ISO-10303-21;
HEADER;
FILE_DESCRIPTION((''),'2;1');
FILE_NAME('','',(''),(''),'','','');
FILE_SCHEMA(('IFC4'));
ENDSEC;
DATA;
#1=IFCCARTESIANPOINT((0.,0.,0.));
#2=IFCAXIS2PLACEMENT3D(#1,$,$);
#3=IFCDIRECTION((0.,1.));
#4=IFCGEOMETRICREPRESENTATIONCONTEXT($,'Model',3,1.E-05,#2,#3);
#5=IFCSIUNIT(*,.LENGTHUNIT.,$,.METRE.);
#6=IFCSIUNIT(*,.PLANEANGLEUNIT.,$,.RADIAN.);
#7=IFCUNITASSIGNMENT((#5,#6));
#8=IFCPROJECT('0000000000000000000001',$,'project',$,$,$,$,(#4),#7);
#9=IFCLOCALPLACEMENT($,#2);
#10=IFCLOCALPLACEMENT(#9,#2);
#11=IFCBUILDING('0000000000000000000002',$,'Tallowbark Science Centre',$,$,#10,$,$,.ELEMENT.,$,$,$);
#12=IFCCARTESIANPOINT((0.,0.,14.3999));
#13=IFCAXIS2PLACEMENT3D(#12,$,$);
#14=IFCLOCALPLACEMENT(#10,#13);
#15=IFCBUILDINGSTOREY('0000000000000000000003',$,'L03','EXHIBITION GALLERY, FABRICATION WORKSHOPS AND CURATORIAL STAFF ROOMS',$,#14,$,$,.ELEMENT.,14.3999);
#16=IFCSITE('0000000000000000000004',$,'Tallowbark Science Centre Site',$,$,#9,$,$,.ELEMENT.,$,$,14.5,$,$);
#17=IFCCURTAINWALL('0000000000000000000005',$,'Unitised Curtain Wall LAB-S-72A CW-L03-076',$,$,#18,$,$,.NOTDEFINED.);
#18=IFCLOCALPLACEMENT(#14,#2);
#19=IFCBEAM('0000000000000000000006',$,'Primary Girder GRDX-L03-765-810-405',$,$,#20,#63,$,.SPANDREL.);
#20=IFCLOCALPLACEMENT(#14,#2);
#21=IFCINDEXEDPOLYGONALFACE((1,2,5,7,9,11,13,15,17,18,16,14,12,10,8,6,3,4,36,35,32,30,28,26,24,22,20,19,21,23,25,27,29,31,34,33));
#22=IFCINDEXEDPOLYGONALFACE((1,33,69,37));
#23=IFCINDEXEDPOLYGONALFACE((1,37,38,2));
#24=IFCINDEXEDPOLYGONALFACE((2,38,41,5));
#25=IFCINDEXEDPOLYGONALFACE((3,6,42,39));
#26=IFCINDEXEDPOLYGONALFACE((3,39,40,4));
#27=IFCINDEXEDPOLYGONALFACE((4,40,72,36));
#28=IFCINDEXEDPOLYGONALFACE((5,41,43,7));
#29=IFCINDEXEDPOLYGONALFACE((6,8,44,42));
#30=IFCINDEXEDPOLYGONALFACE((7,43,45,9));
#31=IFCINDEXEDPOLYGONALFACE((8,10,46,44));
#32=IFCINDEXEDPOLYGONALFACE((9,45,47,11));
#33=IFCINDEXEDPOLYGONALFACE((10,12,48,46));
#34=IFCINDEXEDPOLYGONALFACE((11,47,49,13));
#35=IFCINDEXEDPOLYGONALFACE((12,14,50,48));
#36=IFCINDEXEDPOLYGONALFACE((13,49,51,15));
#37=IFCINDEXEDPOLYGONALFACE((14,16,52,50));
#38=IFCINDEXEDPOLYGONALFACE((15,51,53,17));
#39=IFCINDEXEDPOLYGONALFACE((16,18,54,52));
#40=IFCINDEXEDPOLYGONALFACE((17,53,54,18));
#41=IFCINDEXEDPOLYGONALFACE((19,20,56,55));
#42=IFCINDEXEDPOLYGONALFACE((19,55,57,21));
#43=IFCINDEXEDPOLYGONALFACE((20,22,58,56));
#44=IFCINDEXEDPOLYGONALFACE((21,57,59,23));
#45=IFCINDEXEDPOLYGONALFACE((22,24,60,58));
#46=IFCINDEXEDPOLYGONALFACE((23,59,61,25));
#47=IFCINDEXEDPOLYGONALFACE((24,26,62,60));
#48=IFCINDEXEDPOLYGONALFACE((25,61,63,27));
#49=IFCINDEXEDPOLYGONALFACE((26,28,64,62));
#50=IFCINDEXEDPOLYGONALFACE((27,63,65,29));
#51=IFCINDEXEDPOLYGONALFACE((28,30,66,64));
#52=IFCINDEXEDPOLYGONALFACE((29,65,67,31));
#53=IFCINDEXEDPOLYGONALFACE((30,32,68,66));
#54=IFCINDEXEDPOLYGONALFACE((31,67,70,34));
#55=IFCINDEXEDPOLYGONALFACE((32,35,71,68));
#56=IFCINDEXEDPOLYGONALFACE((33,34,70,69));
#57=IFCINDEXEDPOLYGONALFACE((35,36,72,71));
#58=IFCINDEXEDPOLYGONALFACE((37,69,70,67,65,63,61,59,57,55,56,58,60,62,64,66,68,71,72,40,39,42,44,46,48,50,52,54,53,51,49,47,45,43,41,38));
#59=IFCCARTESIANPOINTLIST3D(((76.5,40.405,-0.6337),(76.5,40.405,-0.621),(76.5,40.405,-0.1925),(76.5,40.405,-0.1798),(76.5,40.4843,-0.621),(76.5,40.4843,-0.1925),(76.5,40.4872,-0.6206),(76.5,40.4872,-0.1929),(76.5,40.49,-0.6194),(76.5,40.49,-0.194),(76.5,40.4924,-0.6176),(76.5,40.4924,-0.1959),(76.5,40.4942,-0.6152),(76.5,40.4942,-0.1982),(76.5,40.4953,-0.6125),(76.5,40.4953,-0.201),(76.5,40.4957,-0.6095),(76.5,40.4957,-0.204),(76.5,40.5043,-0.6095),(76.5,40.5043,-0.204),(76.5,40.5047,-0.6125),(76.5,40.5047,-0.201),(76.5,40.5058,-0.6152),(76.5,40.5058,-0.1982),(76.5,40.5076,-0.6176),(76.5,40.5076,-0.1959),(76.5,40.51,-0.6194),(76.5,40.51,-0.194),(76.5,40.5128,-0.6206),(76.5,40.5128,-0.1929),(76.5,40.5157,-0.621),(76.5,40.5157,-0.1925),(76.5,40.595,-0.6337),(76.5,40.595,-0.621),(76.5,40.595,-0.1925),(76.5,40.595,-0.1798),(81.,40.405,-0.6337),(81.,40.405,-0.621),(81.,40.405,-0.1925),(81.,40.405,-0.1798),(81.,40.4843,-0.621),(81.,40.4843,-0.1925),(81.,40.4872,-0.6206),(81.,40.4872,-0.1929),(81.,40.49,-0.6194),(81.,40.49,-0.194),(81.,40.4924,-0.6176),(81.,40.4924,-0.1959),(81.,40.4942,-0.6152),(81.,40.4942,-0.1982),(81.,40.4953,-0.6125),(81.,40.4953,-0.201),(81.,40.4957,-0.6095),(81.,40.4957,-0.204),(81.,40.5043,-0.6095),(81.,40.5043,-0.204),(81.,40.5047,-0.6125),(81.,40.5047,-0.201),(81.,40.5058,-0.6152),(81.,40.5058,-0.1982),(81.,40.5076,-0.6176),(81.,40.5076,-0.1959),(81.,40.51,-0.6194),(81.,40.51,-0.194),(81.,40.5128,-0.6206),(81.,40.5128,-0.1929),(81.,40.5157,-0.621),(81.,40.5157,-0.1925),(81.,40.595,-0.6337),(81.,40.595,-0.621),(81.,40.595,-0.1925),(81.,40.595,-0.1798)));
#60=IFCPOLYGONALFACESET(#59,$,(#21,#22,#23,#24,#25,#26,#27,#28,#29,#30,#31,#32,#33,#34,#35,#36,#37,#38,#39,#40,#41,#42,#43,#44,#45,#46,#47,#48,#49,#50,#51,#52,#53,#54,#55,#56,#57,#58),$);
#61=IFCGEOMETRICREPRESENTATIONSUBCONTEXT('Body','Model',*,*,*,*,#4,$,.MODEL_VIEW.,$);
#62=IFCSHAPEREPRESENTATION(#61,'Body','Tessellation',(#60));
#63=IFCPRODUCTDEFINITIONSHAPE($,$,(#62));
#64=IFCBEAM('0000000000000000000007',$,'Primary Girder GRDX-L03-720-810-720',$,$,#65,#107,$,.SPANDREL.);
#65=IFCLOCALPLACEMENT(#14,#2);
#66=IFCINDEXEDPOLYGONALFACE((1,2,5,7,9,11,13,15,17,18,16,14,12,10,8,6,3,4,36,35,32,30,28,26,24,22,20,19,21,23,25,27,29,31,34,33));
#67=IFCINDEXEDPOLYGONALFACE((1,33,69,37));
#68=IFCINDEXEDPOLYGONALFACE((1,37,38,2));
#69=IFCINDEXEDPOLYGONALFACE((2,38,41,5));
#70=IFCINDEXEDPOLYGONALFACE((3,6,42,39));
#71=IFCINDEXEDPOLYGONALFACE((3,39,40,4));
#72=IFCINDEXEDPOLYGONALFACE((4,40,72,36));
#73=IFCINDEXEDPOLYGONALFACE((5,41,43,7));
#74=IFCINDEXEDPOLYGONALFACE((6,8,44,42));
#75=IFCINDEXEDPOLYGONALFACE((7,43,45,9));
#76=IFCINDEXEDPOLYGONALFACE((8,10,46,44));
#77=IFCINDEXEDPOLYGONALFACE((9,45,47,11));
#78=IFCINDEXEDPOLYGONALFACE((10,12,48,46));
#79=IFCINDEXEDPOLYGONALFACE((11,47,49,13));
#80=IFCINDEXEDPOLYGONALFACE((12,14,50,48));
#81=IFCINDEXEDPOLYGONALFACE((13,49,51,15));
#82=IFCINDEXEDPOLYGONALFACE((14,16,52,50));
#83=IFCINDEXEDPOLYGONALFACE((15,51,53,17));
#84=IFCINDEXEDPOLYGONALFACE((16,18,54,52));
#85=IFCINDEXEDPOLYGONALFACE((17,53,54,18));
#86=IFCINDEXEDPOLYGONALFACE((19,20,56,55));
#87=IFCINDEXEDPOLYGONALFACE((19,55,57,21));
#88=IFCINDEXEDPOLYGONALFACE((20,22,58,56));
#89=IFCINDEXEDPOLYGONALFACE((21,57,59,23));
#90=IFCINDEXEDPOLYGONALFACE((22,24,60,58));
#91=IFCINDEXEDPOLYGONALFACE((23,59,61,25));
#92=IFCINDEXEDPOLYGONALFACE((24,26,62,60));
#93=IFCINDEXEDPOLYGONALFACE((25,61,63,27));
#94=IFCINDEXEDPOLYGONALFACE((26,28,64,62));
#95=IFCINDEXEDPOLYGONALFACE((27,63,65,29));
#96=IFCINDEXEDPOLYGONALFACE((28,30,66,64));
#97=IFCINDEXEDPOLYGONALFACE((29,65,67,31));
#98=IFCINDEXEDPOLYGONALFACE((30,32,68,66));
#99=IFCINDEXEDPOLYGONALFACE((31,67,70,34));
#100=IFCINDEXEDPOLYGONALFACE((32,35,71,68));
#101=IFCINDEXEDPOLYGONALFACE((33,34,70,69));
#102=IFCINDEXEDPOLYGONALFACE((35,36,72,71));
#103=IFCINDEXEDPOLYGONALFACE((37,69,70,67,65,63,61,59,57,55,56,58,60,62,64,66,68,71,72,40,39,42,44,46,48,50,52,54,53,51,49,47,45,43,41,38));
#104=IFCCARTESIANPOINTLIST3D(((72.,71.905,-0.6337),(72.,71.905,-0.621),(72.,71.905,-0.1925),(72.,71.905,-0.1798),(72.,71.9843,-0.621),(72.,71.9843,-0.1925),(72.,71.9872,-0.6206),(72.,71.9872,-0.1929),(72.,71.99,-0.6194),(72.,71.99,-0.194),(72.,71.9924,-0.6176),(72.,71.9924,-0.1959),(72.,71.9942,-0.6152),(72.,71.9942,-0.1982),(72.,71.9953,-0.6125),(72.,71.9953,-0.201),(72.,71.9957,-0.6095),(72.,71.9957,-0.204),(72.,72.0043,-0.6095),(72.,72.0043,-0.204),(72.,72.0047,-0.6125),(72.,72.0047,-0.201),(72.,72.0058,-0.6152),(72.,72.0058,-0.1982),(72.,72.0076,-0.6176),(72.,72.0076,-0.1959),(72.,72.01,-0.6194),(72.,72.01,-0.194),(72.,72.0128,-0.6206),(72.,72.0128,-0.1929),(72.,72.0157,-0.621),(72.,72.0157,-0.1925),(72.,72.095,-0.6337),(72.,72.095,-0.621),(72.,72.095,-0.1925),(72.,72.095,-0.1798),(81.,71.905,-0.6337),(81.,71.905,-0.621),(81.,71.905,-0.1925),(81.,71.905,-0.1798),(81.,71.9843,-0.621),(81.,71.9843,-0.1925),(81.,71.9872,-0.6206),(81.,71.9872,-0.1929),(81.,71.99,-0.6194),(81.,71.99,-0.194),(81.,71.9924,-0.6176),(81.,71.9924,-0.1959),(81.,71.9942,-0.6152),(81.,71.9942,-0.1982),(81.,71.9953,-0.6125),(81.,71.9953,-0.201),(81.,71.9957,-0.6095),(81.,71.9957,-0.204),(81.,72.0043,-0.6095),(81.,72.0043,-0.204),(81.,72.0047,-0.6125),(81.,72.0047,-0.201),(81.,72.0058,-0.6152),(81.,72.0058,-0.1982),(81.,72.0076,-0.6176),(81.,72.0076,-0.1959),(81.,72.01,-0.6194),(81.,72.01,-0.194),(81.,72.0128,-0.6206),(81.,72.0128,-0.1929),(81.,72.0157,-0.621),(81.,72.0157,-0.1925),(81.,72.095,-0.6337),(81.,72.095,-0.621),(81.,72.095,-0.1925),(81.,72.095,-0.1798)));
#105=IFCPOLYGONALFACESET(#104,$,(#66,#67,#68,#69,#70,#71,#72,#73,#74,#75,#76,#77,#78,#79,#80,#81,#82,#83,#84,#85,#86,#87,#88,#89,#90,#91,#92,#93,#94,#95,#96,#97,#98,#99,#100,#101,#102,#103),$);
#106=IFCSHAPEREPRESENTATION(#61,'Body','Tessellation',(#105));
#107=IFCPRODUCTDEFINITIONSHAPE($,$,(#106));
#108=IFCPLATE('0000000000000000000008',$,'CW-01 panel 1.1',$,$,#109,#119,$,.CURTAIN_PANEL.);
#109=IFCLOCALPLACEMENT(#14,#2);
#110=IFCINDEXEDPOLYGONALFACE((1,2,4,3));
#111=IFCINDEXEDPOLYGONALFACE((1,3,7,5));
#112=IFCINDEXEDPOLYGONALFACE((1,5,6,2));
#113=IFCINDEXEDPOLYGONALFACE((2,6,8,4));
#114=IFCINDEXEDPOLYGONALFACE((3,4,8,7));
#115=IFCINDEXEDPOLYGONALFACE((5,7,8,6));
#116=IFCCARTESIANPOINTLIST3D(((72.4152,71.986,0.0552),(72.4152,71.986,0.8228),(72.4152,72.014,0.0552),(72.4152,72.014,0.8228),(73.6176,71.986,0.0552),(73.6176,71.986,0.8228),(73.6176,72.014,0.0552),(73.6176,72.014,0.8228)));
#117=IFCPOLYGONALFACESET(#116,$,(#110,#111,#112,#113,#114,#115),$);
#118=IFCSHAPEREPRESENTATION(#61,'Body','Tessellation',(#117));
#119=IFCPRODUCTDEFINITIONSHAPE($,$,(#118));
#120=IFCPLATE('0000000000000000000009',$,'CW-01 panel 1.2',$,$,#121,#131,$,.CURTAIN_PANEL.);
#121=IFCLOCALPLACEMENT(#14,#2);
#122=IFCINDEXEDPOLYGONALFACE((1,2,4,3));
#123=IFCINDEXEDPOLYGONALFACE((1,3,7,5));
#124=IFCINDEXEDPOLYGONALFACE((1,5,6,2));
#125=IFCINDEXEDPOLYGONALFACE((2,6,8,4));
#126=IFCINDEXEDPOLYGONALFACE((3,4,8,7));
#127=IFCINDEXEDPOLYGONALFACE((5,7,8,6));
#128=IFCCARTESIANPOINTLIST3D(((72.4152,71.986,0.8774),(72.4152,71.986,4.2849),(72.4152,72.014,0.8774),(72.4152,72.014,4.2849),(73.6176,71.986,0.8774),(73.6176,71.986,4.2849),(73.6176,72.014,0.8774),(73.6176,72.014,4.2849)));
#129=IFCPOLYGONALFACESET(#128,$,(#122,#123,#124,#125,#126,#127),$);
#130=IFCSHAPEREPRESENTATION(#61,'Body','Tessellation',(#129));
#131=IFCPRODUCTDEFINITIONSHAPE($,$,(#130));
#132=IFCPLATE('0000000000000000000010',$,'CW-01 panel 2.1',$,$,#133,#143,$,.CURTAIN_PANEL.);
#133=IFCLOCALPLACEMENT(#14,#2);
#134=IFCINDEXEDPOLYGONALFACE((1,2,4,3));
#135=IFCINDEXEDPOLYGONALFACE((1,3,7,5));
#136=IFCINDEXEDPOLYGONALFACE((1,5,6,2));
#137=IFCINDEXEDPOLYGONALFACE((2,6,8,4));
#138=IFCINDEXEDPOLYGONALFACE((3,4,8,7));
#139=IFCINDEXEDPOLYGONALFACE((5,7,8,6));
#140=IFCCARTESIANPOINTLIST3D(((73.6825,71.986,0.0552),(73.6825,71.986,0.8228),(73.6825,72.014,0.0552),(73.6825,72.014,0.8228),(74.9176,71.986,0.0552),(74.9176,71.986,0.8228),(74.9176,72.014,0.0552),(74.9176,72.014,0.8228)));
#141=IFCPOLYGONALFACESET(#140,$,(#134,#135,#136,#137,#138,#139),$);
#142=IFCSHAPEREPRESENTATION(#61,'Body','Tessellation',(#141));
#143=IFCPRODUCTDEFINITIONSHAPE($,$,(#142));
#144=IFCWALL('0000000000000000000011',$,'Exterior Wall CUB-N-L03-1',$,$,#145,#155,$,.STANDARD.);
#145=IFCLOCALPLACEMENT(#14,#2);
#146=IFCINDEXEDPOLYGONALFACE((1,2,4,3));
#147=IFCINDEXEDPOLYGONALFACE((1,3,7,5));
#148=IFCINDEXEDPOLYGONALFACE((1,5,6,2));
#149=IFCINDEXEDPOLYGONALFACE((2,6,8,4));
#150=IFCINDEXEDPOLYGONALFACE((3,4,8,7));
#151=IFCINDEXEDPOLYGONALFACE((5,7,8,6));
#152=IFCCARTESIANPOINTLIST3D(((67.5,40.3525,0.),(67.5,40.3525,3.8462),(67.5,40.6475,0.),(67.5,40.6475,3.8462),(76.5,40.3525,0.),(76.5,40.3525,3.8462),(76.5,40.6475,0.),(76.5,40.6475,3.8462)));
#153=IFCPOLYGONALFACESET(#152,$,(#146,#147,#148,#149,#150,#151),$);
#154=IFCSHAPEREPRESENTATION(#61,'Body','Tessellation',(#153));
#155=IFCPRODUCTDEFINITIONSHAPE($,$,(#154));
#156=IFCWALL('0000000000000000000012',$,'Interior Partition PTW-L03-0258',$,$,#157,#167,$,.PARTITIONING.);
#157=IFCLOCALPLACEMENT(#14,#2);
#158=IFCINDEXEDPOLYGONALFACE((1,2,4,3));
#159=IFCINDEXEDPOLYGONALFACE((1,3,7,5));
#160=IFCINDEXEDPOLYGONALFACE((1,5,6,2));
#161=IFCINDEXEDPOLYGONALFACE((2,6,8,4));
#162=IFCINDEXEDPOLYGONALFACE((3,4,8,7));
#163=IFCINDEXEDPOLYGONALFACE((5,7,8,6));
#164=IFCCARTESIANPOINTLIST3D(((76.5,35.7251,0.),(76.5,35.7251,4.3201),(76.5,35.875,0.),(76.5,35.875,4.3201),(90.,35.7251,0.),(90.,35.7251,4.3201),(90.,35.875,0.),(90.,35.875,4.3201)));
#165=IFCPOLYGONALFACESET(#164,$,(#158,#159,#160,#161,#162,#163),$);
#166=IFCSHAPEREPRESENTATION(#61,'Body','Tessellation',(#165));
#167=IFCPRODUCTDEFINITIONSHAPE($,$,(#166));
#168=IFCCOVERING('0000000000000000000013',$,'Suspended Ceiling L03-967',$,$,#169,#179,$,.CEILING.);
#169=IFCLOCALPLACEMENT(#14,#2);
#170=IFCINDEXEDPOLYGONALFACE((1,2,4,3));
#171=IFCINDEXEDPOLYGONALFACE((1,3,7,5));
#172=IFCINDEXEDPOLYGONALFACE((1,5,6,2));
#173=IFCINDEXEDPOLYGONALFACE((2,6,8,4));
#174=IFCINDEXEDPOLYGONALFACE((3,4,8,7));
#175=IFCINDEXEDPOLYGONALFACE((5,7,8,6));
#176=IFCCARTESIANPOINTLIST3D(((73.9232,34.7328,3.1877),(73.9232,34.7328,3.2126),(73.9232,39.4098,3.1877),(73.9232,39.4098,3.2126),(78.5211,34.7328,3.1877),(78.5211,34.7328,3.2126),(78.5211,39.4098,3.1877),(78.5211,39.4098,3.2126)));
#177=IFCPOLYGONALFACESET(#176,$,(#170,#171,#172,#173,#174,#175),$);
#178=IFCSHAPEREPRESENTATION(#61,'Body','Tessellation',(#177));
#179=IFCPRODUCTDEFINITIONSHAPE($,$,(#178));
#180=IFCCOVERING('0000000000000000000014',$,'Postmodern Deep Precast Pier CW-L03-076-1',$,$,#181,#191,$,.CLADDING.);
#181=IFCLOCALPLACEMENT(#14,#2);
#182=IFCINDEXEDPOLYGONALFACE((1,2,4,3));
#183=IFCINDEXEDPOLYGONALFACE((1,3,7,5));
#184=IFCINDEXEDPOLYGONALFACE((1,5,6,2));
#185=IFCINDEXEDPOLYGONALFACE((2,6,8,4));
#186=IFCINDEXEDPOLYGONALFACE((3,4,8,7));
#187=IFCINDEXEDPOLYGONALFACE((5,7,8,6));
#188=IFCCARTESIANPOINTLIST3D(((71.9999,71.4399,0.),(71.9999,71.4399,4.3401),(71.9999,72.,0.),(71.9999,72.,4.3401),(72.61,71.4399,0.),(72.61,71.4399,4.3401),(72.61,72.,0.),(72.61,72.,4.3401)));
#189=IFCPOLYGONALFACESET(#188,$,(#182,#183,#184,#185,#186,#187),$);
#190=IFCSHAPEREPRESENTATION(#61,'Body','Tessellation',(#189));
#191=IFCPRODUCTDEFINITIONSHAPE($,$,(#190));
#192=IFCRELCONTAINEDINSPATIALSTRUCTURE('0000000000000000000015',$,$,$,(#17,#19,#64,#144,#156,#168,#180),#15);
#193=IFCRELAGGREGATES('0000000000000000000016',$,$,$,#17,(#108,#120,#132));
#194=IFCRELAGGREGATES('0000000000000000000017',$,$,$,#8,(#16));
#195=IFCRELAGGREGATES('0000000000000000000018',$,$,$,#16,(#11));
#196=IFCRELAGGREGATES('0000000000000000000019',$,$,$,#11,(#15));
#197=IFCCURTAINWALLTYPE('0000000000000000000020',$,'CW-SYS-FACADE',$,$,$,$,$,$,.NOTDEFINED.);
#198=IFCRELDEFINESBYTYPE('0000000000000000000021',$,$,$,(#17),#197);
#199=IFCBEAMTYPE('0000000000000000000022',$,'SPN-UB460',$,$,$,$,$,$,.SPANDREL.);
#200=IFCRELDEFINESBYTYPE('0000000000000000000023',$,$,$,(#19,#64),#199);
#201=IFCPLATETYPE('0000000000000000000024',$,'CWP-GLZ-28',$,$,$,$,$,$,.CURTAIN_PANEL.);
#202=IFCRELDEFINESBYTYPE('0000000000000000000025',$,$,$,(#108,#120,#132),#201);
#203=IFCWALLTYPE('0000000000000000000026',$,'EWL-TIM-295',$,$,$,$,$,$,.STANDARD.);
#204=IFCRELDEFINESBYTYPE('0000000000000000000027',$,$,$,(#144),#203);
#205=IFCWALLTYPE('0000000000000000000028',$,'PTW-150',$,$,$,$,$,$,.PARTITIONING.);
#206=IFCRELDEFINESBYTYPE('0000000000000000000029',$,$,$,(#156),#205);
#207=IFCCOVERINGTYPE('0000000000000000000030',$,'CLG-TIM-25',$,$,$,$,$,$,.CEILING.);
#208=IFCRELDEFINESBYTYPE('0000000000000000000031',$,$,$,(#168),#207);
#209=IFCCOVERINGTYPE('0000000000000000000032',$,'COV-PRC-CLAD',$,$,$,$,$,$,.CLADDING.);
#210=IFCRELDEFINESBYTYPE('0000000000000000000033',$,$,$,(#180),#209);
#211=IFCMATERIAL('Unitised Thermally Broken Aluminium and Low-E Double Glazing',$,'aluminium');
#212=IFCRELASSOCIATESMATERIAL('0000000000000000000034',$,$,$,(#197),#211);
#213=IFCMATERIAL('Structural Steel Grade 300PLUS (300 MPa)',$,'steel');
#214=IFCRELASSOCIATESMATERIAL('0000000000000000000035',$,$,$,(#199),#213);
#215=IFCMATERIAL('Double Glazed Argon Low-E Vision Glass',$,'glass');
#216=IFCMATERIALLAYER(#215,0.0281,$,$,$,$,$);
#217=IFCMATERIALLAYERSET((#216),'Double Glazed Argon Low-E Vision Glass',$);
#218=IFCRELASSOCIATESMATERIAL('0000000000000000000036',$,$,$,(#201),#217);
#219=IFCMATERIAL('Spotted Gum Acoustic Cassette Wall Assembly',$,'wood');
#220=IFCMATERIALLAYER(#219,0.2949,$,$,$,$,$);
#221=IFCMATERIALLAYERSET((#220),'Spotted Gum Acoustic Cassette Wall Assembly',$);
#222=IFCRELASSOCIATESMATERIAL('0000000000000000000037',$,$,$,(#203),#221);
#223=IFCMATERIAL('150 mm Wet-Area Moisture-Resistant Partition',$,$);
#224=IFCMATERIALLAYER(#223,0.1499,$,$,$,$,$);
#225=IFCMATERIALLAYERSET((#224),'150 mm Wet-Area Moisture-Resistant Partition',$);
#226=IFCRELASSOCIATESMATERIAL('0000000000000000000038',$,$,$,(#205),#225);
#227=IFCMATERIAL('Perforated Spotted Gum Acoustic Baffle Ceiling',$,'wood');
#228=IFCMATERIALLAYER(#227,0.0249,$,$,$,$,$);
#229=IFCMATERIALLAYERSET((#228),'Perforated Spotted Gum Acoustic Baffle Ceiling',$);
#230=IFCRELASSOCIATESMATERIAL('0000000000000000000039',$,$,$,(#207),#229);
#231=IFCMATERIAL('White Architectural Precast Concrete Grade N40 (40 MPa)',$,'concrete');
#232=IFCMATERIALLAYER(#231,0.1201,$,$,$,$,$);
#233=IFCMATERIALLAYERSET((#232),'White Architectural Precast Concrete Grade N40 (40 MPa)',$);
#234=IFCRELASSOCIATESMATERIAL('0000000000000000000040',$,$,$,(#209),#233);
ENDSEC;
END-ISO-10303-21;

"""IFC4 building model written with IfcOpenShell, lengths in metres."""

from ifc_helpers import new_model, si_unit, direction, frame, frame_2d, origin, origin_2d, place, context, subcontext, project, spatial, rectangle, i_section, extrude, material, layer, layer_set, material_profile, profile_set, type_object, element, aggregate, save


model = new_model("IFC4")

# Units and contexts
model_context = context("Model", 3, precision=1e-05, world=origin(), true_north=direction((0.0, 1.0)))
body_context = subcontext(model_context, "Body", "Model", "MODEL_VIEW")
ifc_project = project(units=[si_unit("LENGTHUNIT", "METRE"), si_unit("PLANEANGLEUNIT", "RADIAN")], contexts=[model_context])

# Site, building, storey
site_placement = place(None, origin())
site = spatial("IfcSite", under=ifc_project, at=site_placement, Name="Tallowbark Science Centre Site", CompositionType="ELEMENT", RefElevation=14.5)
building_placement = place(site_placement, origin())
building = spatial("IfcBuilding", under=site, at=building_placement, Name="Tallowbark Science Centre", CompositionType="ELEMENT")
storey_placement = place(building_placement, frame((0.0, 0.0, 14.3999)))
storey = spatial("IfcBuildingStorey", under=building, at=storey_placement, Name="L03", Description="EXHIBITION GALLERY, FABRICATION WORKSHOPS AND CURATORIAL STAFF ROOMS", CompositionType="ELEMENT", Elevation=14.3999)

# Shared definitions
ifc_material_1 = material(Name="Structural Steel Grade 300PLUS (300 MPa)", Category="steel")

# Curtain wall
ifc_material_2 = material(Name="Unitised Thermally Broken Aluminium and Low-E Double Glazing", Category="aluminium")
curtain_wall_type = type_object("IfcCurtainWallType", Name="CW-SYS-FACADE", PredefinedType="NOTDEFINED", material=ifc_material_2)
curtain_wall_placement = place(storey_placement, origin())
curtain_wall = element("IfcCurtainWall", 1, at=curtain_wall_placement, inside=storey, type_object=curtain_wall_type, Name="Unitised Curtain Wall LAB-S-72A CW-L03-076", PredefinedType="NOTDEFINED")

# Beams
ifc_material_profile_1 = material_profile(ifc_material_1, i_section(OverallWidth=0.1899, OverallDepth=0.4539, WebThickness=0.0085, FlangeThickness=0.0127, FilletRadius=0.0115, at=origin_2d()), Name="460UB67.1")
ifc_profile_set_1 = profile_set([ifc_material_profile_1], Name="Structural Steel Grade 300PLUS (300 MPa)")
beam_type_1 = type_object("IfcBeamType", Name="SPN-UB460", PredefinedType="SPANDREL", material=ifc_profile_set_1)
beam_1_placement = place(storey_placement, frame((76.5, 40.5, -0.4067), z_axis=(1.0, 0.0, 0.0), x_axis=(0.0, 1.0, 0.0)))
element("IfcBeam", 2, at=beam_1_placement, inside=storey, type_object=beam_type_1, Name="Primary Girder GRDX-L03-765-810-405", PredefinedType="SPANDREL", context=body_context, shape_type="SweptSolid", body=[
    extrude(i_section(OverallWidth=0.1899, OverallDepth=0.4539, WebThickness=0.0085, FlangeThickness=0.0127, FilletRadius=0.0115, at=origin_2d()), origin(), (0.0, 0.0, 1.0), 4.5),
])
beam_2_placement = place(storey_placement, frame((72.0, 72.0, -0.4067), z_axis=(1.0, 0.0, 0.0), x_axis=(0.0, 1.0, 0.0)))
element("IfcBeam", 3, at=beam_2_placement, inside=storey, type_object=beam_type_1, Name="Primary Girder GRDX-L03-720-810-720", PredefinedType="SPANDREL", context=body_context, shape_type="SweptSolid", body=[
    extrude(i_section(OverallWidth=0.1899, OverallDepth=0.4539, WebThickness=0.0085, FlangeThickness=0.0127, FilletRadius=0.0115, at=origin_2d()), origin(), (0.0, 0.0, 1.0), 9.0),
])

# Plates
ifc_material_3 = material(Name="Double Glazed Argon Low-E Vision Glass", Category="glass")
ifc_layer_1 = layer(ifc_material_3, 0.0281)
ifc_layer_set_1 = layer_set([ifc_layer_1], Name="Double Glazed Argon Low-E Vision Glass")
plate_type = type_object("IfcPlateType", Name="CWP-GLZ-28", PredefinedType="CURTAIN_PANEL", material=ifc_layer_set_1)
plate_1_placement = place(storey_placement, frame((73.0164, 72.0, 0.0552), z_axis=(0.0, 0.0, 1.0), x_axis=(1.0, 0.0, 0.0)))
plate_1 = element("IfcPlate", 4, at=plate_1_placement, type_object=plate_type, Name="CW-01 panel 1.1", PredefinedType="CURTAIN_PANEL", context=body_context, shape_type="SweptSolid", body=[
    extrude(rectangle(XDim=1.2024, YDim=0.0281, at=origin_2d()), origin(), (0.0, 0.0, 1.0), 0.7676),
])
plate_2_placement = place(storey_placement, frame((73.0164, 72.0, 0.8774), z_axis=(0.0, 0.0, 1.0), x_axis=(1.0, 0.0, 0.0)))
plate_2 = element("IfcPlate", 5, at=plate_2_placement, type_object=plate_type, Name="CW-01 panel 1.2", PredefinedType="CURTAIN_PANEL", context=body_context, shape_type="SweptSolid", body=[
    extrude(rectangle(XDim=1.2024, YDim=0.0281, at=origin_2d()), origin(), (0.0, 0.0, 1.0), 3.4075),
])
plate_3_placement = place(storey_placement, frame((74.3, 72.0, 0.0552), z_axis=(0.0, 0.0, 1.0), x_axis=(1.0, 0.0, 0.0)))
plate_3 = element("IfcPlate", 6, at=plate_3_placement, type_object=plate_type, Name="CW-01 panel 2.1", PredefinedType="CURTAIN_PANEL", context=body_context, shape_type="SweptSolid", body=[
    extrude(rectangle(XDim=1.2351, YDim=0.0281, at=origin_2d()), origin(), (0.0, 0.0, 1.0), 0.7676),
])
aggregate(curtain_wall, [plate_1, plate_2, plate_3])

# Walls
ifc_material_4 = material(Name="Spotted Gum Acoustic Cassette Wall Assembly", Category="wood")
ifc_layer_2 = layer(ifc_material_4, 0.2949)
ifc_layer_set_2 = layer_set([ifc_layer_2], Name="Spotted Gum Acoustic Cassette Wall Assembly")
wall_type_1 = type_object("IfcWallType", Name="EWL-TIM-295", PredefinedType="STANDARD", material=ifc_layer_set_2)
wall_1_placement = place(storey_placement, frame((76.5, 40.5, 0.0), z_axis=(0.0, 0.0, 1.0), x_axis=(-1.0, 0.0, 0.0)))
element("IfcWall", 7, at=wall_1_placement, inside=storey, type_object=wall_type_1, Name="Exterior Wall CUB-N-L03-1", PredefinedType="STANDARD", context=body_context, shape_type="SweptSolid", body=[
    extrude(rectangle(XDim=9.0, YDim=0.2949, at=frame_2d((4.5, 0.0))), origin(), (0.0, 0.0, 1.0), 3.8462),
])
ifc_material_5 = material(Name="150 mm Wet-Area Moisture-Resistant Partition")
ifc_layer_3 = layer(ifc_material_5, 0.1499)
ifc_layer_set_3 = layer_set([ifc_layer_3], Name="150 mm Wet-Area Moisture-Resistant Partition")
wall_type_2 = type_object("IfcWallType", Name="PTW-150", PredefinedType="PARTITIONING", material=ifc_layer_set_3)
wall_2_placement = place(storey_placement, frame((76.5, 35.8, 0.0), z_axis=(0.0, 0.0, 1.0), x_axis=(1.0, 0.0, 0.0)))
element("IfcWall", 8, at=wall_2_placement, inside=storey, type_object=wall_type_2, Name="Interior Partition PTW-L03-0258", PredefinedType="PARTITIONING", context=body_context, shape_type="SweptSolid", body=[
    extrude(rectangle(XDim=13.5, YDim=0.1499, at=frame_2d((6.75, 0.0))), origin(), (0.0, 0.0, 1.0), 4.3201),
])

# Coverings
ifc_material_6 = material(Name="Perforated Spotted Gum Acoustic Baffle Ceiling", Category="wood")
ifc_layer_4 = layer(ifc_material_6, 0.0249)
ifc_layer_set_4 = layer_set([ifc_layer_4], Name="Perforated Spotted Gum Acoustic Baffle Ceiling")
covering_type_1 = type_object("IfcCoveringType", Name="CLG-TIM-25", PredefinedType="CEILING", material=ifc_layer_set_4)
covering_1_placement = place(storey_placement, frame((76.2222, 37.0713, 3.1877), z_axis=(0.0, 0.0, 1.0), x_axis=(1.0, 0.0, 0.0)))
element("IfcCovering", 9, at=covering_1_placement, inside=storey, type_object=covering_type_1, Name="Suspended Ceiling L03-967", PredefinedType="CEILING", context=body_context, shape_type="SweptSolid", body=[
    extrude(rectangle(XDim=4.5979, YDim=4.677, at=origin_2d()), origin(), (0.0, 0.0, 1.0), 0.0249),
])
ifc_material_7 = material(Name="White Architectural Precast Concrete Grade N40 (40 MPa)", Category="concrete")
ifc_layer_5 = layer(ifc_material_7, 0.1201)
ifc_layer_set_5 = layer_set([ifc_layer_5], Name="White Architectural Precast Concrete Grade N40 (40 MPa)")
covering_type_2 = type_object("IfcCoveringType", Name="COV-PRC-CLAD", PredefinedType="CLADDING", material=ifc_layer_set_5)
covering_2_placement = place(storey_placement, frame((72.3049, 71.72, 0.0), z_axis=(0.0, 0.0, 1.0), x_axis=(1.0, 0.0, 0.0)))
element("IfcCovering", 10, at=covering_2_placement, inside=storey, type_object=covering_type_2, Name="Postmodern Deep Precast Pier CW-L03-076-1", PredefinedType="CLADDING", context=body_context, shape_type="SweptSolid", body=[
    extrude(rectangle(XDim=0.6101, YDim=0.5601, at=origin_2d()), origin(), (0.0, 0.0, 1.0), 4.3401),
])

save(model, "model.ifc")
